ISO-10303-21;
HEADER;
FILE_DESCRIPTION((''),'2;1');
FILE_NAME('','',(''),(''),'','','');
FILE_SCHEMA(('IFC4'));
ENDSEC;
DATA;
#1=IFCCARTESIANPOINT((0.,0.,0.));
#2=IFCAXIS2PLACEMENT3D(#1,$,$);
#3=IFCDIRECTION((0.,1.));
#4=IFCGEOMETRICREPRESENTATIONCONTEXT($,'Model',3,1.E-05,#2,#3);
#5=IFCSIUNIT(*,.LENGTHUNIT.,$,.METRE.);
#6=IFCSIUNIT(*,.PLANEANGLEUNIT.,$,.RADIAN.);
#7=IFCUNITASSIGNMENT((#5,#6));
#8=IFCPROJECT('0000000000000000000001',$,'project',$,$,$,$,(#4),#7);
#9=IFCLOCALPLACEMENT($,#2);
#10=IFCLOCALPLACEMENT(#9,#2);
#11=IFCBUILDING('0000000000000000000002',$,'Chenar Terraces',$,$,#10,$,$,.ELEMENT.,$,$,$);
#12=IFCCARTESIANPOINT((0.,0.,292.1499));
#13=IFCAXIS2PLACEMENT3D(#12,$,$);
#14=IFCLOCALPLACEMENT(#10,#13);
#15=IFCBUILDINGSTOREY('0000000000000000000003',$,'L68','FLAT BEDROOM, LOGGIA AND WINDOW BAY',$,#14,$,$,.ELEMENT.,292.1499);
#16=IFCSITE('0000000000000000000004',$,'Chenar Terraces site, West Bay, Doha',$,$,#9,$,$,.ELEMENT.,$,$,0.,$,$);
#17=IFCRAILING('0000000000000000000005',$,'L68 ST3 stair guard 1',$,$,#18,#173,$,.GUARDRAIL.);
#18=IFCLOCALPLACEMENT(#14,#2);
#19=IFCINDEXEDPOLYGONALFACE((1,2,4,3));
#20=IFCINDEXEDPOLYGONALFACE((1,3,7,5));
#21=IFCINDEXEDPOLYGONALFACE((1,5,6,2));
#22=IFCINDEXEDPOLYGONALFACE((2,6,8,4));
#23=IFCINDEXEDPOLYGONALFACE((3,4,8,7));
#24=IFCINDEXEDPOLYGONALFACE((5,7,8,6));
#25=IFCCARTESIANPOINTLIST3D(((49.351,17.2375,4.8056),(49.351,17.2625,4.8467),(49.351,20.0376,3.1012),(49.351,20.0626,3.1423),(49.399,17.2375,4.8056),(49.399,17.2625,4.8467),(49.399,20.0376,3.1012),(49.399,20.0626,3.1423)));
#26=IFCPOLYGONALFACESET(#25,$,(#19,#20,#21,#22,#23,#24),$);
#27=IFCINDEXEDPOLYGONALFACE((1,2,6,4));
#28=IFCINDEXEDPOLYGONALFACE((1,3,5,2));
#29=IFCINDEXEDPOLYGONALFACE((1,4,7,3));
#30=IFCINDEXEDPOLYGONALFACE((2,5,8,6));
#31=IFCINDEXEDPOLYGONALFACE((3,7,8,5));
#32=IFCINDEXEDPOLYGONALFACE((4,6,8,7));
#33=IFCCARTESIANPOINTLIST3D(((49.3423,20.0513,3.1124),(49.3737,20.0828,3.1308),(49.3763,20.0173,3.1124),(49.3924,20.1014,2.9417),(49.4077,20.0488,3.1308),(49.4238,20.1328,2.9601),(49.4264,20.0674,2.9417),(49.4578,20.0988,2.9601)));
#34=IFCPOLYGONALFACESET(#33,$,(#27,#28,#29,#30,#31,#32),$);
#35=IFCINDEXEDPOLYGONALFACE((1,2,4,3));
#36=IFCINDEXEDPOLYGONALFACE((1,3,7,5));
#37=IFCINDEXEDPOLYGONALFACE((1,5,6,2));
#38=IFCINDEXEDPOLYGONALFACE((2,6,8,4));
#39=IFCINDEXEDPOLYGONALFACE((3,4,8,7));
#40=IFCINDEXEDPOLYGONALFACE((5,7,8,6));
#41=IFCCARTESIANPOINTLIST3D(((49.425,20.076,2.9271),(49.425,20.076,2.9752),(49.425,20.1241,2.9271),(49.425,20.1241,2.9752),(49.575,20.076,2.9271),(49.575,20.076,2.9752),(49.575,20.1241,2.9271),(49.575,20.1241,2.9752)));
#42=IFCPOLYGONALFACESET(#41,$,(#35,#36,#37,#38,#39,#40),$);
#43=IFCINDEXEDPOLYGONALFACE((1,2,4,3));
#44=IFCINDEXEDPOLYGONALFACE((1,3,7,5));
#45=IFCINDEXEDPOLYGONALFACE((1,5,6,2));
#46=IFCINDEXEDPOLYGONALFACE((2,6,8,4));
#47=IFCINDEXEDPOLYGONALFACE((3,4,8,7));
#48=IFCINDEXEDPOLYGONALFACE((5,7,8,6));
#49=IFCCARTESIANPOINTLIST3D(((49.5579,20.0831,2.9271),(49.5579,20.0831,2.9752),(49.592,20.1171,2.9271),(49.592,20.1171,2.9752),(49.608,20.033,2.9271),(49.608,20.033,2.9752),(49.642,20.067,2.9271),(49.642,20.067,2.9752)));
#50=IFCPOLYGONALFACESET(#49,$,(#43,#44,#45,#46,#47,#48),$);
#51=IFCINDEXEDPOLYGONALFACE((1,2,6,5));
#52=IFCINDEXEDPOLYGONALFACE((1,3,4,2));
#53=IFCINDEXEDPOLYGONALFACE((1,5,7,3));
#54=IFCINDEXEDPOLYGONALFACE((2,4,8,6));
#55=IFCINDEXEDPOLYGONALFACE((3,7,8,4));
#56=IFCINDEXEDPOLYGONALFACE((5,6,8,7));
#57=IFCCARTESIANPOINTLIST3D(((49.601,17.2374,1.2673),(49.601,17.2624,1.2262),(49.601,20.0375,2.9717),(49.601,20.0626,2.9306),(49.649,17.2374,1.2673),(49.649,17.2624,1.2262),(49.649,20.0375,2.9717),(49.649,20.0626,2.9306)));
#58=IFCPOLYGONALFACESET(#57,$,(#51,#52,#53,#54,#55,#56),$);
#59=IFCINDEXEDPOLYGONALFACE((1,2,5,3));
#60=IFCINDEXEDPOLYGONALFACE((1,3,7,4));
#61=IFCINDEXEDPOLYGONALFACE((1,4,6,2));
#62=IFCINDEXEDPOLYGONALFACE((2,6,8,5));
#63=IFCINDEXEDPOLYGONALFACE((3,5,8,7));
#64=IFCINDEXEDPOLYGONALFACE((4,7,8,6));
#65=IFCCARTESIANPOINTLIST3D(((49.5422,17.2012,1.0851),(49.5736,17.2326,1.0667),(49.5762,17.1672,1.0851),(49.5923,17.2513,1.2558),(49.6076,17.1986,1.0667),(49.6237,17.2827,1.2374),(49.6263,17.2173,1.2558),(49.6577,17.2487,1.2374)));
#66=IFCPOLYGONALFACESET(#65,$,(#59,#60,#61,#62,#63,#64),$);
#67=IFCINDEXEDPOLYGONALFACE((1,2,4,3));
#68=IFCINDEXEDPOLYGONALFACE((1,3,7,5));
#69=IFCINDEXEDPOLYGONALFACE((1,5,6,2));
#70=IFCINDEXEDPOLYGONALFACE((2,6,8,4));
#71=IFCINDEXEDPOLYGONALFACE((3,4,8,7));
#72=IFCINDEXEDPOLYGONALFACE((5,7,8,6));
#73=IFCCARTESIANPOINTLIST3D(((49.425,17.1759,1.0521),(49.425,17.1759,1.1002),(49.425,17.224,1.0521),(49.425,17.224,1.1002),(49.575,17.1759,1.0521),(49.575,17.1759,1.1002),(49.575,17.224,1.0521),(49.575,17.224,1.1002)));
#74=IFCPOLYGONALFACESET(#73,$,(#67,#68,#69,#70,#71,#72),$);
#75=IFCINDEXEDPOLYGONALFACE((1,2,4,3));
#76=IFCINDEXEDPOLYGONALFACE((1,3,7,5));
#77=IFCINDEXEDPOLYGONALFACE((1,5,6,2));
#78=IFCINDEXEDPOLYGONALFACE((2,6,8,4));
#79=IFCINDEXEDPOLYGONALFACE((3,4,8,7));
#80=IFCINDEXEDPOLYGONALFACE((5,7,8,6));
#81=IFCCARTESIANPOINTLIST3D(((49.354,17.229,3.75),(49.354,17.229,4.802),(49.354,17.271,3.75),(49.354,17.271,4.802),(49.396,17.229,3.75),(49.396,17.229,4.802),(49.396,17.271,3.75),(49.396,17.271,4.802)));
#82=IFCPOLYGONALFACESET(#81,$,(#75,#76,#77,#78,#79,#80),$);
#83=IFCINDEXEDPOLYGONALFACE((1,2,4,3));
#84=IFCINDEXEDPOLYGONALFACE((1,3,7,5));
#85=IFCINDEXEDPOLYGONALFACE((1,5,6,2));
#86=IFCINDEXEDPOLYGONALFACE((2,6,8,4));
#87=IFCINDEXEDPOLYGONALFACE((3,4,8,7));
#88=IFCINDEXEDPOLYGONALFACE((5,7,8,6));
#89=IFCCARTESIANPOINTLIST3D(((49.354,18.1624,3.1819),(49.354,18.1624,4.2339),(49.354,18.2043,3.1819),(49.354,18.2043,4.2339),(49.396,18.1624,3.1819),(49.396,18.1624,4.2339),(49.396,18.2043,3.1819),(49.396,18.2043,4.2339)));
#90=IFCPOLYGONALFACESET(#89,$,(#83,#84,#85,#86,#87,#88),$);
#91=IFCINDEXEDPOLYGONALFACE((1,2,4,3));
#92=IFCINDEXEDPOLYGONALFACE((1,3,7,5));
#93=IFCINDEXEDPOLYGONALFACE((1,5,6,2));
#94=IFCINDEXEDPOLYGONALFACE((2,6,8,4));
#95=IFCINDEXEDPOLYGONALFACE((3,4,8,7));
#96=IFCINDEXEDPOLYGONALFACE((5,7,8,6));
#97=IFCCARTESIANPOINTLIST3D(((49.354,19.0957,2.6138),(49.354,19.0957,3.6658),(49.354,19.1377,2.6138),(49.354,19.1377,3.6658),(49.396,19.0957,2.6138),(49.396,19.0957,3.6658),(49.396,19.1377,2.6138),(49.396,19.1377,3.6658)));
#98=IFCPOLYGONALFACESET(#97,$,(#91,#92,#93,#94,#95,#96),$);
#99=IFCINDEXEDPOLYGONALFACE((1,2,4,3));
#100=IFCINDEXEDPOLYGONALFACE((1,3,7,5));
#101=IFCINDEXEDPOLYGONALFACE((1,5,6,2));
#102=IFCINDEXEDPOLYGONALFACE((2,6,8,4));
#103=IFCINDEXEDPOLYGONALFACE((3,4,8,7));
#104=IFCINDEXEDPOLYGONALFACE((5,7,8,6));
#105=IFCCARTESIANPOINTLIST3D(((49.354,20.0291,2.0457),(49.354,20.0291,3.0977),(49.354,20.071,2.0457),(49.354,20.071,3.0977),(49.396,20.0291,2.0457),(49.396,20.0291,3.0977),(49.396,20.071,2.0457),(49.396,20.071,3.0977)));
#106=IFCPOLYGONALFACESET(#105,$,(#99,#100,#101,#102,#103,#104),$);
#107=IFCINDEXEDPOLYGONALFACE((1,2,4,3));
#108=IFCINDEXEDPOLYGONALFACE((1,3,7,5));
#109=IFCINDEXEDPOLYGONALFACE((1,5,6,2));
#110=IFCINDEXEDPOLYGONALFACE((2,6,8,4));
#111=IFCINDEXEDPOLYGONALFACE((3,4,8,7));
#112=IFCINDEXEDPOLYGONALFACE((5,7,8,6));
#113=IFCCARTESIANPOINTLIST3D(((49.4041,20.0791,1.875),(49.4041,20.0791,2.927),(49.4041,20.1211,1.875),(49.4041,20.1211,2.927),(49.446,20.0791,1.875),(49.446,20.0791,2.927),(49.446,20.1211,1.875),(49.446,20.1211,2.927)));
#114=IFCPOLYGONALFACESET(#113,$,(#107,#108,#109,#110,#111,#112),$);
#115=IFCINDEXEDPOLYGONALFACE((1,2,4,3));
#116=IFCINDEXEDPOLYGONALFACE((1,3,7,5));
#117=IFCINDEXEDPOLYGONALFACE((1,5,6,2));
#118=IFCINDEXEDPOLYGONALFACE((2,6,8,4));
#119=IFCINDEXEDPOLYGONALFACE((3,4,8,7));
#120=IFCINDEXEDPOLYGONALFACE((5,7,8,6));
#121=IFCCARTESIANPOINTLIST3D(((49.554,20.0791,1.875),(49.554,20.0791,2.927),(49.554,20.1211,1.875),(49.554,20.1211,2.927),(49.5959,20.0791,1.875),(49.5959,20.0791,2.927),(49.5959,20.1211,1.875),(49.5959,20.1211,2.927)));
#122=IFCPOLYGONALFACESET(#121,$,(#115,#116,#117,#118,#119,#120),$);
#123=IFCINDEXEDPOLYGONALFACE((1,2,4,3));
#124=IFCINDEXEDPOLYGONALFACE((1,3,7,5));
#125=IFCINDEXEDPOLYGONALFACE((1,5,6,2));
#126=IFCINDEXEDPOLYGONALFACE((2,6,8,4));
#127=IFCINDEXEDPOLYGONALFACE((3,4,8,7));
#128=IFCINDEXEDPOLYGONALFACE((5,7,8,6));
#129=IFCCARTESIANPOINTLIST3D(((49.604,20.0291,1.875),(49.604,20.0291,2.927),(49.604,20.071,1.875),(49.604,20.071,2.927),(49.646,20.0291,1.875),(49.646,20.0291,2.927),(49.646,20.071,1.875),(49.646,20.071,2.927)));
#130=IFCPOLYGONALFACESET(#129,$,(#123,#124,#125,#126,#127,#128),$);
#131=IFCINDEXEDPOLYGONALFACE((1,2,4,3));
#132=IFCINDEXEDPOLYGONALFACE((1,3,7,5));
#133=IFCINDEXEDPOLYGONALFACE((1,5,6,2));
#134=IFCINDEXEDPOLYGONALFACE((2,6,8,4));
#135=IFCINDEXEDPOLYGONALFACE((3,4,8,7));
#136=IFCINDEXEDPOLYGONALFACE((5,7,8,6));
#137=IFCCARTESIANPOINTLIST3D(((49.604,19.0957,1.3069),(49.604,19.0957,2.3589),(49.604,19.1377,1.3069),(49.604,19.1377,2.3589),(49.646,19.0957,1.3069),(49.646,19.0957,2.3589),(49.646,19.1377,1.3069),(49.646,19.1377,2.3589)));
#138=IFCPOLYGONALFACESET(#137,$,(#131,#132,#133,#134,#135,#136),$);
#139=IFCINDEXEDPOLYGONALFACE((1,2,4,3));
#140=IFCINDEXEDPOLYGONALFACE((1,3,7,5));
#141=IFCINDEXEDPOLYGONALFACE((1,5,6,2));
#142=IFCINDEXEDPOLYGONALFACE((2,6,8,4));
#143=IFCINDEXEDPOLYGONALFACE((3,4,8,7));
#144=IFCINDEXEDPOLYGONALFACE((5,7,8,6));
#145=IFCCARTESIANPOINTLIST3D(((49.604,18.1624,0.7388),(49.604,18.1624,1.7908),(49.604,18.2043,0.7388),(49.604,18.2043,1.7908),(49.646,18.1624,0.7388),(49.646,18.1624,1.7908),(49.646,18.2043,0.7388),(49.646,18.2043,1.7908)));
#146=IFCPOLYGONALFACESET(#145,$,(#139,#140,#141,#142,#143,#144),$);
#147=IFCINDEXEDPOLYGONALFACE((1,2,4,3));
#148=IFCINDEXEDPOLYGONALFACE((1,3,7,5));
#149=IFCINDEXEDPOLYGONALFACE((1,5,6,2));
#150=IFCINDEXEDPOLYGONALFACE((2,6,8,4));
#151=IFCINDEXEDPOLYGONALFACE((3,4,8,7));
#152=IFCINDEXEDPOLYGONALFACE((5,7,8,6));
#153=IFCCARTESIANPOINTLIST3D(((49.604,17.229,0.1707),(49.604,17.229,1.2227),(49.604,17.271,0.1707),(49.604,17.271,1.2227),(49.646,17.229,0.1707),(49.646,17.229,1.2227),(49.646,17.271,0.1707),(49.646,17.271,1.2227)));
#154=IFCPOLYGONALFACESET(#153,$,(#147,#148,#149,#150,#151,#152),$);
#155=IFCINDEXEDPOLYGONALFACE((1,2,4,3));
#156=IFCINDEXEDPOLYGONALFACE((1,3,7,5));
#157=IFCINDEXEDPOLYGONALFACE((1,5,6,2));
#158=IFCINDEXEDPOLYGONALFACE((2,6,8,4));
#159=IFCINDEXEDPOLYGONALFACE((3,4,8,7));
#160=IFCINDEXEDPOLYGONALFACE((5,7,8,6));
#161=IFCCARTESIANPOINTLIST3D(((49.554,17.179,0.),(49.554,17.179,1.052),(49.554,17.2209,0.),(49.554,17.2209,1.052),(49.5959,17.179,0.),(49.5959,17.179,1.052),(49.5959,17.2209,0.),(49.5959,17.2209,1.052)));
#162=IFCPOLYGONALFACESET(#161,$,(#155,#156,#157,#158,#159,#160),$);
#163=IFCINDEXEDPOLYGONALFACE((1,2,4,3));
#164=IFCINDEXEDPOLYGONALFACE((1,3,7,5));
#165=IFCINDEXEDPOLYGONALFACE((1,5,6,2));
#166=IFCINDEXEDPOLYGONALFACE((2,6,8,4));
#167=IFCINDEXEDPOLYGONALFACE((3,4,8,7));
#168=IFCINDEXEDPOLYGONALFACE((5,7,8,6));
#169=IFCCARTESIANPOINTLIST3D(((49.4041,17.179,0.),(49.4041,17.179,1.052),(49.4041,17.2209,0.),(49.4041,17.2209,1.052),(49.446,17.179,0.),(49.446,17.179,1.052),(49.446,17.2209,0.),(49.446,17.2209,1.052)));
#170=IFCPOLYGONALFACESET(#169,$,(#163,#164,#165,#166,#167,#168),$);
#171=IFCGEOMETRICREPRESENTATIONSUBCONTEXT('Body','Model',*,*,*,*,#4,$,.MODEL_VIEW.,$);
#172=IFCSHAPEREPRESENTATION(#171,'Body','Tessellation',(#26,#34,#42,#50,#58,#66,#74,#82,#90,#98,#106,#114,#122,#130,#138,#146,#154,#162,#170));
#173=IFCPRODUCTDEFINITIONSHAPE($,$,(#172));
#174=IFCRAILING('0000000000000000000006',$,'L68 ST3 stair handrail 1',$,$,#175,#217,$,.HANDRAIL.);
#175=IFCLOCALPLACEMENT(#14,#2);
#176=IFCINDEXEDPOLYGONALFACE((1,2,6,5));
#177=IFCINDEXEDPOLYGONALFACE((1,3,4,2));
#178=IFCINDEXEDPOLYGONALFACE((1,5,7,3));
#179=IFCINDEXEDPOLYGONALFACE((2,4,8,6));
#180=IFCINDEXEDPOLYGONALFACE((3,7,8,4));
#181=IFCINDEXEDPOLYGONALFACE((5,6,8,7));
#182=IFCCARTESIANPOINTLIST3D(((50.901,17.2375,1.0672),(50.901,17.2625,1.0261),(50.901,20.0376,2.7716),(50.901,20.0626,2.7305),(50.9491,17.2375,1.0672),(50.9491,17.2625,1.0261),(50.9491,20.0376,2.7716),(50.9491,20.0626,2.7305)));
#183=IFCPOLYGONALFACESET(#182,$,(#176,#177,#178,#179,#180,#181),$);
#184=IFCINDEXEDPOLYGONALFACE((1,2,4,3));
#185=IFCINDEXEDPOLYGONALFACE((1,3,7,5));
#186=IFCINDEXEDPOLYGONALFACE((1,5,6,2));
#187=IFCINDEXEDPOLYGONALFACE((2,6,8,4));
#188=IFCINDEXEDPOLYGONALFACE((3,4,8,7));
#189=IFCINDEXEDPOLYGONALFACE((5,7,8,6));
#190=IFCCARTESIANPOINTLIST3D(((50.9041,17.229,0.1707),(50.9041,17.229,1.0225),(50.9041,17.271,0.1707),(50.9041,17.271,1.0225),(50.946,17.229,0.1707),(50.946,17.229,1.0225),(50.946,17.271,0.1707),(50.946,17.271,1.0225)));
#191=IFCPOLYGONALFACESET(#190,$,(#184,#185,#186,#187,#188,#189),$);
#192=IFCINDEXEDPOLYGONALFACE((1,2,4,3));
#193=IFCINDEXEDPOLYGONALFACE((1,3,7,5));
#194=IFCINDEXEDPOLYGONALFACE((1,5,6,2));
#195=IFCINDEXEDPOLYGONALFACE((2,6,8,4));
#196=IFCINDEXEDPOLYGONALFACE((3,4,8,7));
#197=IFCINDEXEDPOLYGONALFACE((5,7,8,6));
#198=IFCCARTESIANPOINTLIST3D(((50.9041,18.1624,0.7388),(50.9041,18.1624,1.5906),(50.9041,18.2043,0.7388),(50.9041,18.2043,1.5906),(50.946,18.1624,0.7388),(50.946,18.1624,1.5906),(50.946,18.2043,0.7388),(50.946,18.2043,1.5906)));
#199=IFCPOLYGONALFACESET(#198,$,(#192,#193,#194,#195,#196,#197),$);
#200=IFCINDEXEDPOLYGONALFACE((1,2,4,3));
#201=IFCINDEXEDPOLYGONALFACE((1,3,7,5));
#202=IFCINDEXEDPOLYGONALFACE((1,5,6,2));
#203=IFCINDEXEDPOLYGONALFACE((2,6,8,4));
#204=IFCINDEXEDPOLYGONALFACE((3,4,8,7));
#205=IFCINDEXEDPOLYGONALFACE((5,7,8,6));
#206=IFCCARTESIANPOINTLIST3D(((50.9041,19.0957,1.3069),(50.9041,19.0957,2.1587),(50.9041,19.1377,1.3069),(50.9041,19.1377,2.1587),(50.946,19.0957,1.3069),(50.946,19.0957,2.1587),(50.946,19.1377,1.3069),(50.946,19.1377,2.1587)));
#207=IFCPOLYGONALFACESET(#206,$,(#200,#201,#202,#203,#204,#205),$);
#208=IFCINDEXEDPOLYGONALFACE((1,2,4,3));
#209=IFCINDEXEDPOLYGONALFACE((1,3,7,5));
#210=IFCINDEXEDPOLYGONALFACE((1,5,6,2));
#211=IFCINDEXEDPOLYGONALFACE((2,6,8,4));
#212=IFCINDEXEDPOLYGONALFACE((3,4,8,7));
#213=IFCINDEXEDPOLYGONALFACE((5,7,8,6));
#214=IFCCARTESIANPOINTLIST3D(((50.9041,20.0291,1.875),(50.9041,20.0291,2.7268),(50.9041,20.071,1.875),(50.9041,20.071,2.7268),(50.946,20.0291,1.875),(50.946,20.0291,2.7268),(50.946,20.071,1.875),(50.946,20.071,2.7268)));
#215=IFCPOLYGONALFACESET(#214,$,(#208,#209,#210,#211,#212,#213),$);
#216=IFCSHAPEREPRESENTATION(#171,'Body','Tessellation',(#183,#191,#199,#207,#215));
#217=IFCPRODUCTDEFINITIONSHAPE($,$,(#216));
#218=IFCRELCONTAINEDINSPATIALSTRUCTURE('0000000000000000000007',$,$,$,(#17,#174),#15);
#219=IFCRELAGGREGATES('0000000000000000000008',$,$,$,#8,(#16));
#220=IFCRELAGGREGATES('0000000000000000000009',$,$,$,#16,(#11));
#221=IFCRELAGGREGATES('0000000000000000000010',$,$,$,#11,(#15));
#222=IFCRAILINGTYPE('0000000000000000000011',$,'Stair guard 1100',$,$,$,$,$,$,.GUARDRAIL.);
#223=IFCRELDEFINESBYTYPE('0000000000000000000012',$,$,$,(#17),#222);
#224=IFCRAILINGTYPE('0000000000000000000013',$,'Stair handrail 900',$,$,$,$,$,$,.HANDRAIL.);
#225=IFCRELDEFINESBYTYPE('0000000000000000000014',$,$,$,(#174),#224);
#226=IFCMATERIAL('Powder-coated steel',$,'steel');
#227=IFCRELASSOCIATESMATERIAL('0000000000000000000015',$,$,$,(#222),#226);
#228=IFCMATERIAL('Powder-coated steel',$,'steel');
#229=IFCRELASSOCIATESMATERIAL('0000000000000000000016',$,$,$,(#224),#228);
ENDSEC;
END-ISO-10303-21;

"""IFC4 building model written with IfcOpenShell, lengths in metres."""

from ifc_helpers import new_model, si_unit, direction, frame, origin, origin_2d, place, context, subcontext, project, spatial, rectangle, extrude, material, type_object, element, save


model = new_model("IFC4")

# Units and contexts
model_context = context("Model", 3, precision=1e-05, world=origin(), true_north=direction((0.0, 1.0)))
body_context = subcontext(model_context, "Body", "Model", "MODEL_VIEW")
ifc_project = project(units=[si_unit("LENGTHUNIT", "METRE"), si_unit("PLANEANGLEUNIT", "RADIAN")], contexts=[model_context])

# Site, building, storey
site_placement = place(None, origin())
site = spatial("IfcSite", under=ifc_project, at=site_placement, Name="Chenar Terraces site, West Bay, Doha", CompositionType="ELEMENT", RefElevation=0.0)
building_placement = place(site_placement, origin())
building = spatial("IfcBuilding", under=site, at=building_placement, Name="Chenar Terraces", CompositionType="ELEMENT")
storey_placement = place(building_placement, frame((0.0, 0.0, 292.1499)))
storey = spatial("IfcBuildingStorey", under=building, at=storey_placement, Name="L68", Description="FLAT BEDROOM, LOGGIA AND WINDOW BAY", CompositionType="ELEMENT", Elevation=292.1499)

# Railings
ifc_material_1 = material(Name="Powder-coated steel", Category="steel")
railing_type_1 = type_object("IfcRailingType", Name="Stair guard 1100", PredefinedType="GUARDRAIL", material=ifc_material_1)
railing_1_placement = place(storey_placement, frame((49.375, 17.25, 3.75)))
element("IfcRailing", 1, at=railing_1_placement, inside=storey, type_object=railing_type_1, Name="L68 ST3 stair guard 1", PredefinedType="GUARDRAIL", context=body_context, shape_type="SweptSolid", body=[
    extrude(rectangle(XDim=0.0481, YDim=0.0481, at=origin_2d()), frame((0.0, 0.0, 1.0762), z_axis=(0.0, 0.854203, -0.51994), x_axis=(-1.0, 0.0, 0.0)), (0.0, 0.0, 1.0), 3.2781),
    extrude(rectangle(XDim=0.0481, YDim=0.0481, at=origin_2d()), frame((0.0, 2.8, -0.6284), z_axis=(0.2709, 0.2709, -0.923703), x_axis=(-0.707107, 0.707107, 0.0)), (0.0, 0.0, 1.0), 0.1848),
    extrude(rectangle(XDim=0.0481, YDim=0.0481, at=origin_2d()), frame((0.05, 2.8501, -0.7988), z_axis=(1.0, 0.0, 0.0), x_axis=(0.0, 1.0, 0.0)), (0.0, 0.0, 1.0), 0.1499),
    extrude(rectangle(XDim=0.0481, YDim=0.0481, at=origin_2d()), frame((0.2, 2.8501, -0.7988), z_axis=(0.707107, -0.707107, 0.0), x_axis=(0.707107, 0.707107, 0.0)), (0.0, 0.0, 1.0), 0.0708),
    extrude(rectangle(XDim=0.0481, YDim=0.0481, at=origin_2d()), frame((0.25, 2.8, -0.7988), z_axis=(0.0, -0.854203, -0.51994), x_axis=(1.0, 0.0, 0.0)), (0.0, 0.0, 1.0), 3.2781),
    extrude(rectangle(XDim=0.0481, YDim=0.0481, at=origin_2d()), frame((0.25, 0.0, -2.5034), z_axis=(-0.2709, -0.2709, -0.923703), x_axis=(0.707107, -0.707107, 0.0)), (0.0, 0.0, 1.0), 0.1848),
    extrude(rectangle(XDim=0.0481, YDim=0.0481, at=origin_2d()), frame((0.2, -0.05, -2.6738), z_axis=(-1.0, 0.0, 0.0), x_axis=(0.0, -1.0, 0.0)), (0.0, 0.0, 1.0), 0.1499),
    extrude(rectangle(XDim=0.042, YDim=0.042, at=origin_2d()), origin(), (0.0, 0.0, 1.0), 1.052),
    extrude(rectangle(XDim=0.042, YDim=0.042, at=origin_2d()), frame((0.0, 0.9333, -0.5681)), (0.0, 0.0, 1.0), 1.052),
    extrude(rectangle(XDim=0.042, YDim=0.042, at=origin_2d()), frame((0.0, 1.8667, -1.1362)), (0.0, 0.0, 1.0), 1.052),
    extrude(rectangle(XDim=0.042, YDim=0.042, at=origin_2d()), frame((0.0, 2.8, -1.7043)), (0.0, 0.0, 1.0), 1.052),
    extrude(rectangle(XDim=0.042, YDim=0.042, at=origin_2d()), frame((0.05, 2.8501, -1.875)), (0.0, 0.0, 1.0), 1.052),
    extrude(rectangle(XDim=0.042, YDim=0.042, at=origin_2d()), frame((0.2, 2.8501, -1.875)), (0.0, 0.0, 1.0), 1.052),
    extrude(rectangle(XDim=0.042, YDim=0.042, at=origin_2d()), frame((0.25, 2.8, -1.875)), (0.0, 0.0, 1.0), 1.052),
    extrude(rectangle(XDim=0.042, YDim=0.042, at=origin_2d()), frame((0.25, 1.8667, -2.4431)), (0.0, 0.0, 1.0), 1.052),
    extrude(rectangle(XDim=0.042, YDim=0.042, at=origin_2d()), frame((0.25, 0.9333, -3.0112)), (0.0, 0.0, 1.0), 1.052),
    extrude(rectangle(XDim=0.042, YDim=0.042, at=origin_2d()), frame((0.25, 0.0, -3.5793)), (0.0, 0.0, 1.0), 1.052),
    extrude(rectangle(XDim=0.042, YDim=0.042, at=origin_2d()), frame((0.2, -0.05, -3.75)), (0.0, 0.0, 1.0), 1.052),
    extrude(rectangle(XDim=0.042, YDim=0.042, at=origin_2d()), frame((0.05, -0.05, -3.75)), (0.0, 0.0, 1.0), 1.052),
])
ifc_material_2 = material(Name="Powder-coated steel", Category="steel")
railing_type_2 = type_object("IfcRailingType", Name="Stair handrail 900", PredefinedType="HANDRAIL", material=ifc_material_2)
railing_2_placement = place(storey_placement, frame((50.925, 17.25, 0.1707)))
element("IfcRailing", 2, at=railing_2_placement, inside=storey, type_object=railing_type_2, Name="L68 ST3 stair handrail 1", PredefinedType="HANDRAIL", context=body_context, shape_type="SweptSolid", body=[
    extrude(rectangle(XDim=0.0481, YDim=0.0481, at=origin_2d()), frame((0.0, 0.0, 0.876), z_axis=(0.0, 0.854203, 0.51994), x_axis=(-1.0, 0.0, 0.0)), (0.0, 0.0, 1.0), 3.2781),
    extrude(rectangle(XDim=0.042, YDim=0.042, at=origin_2d()), origin(), (0.0, 0.0, 1.0), 0.8518),
    extrude(rectangle(XDim=0.042, YDim=0.042, at=origin_2d()), frame((0.0, 0.9333, 0.5681)), (0.0, 0.0, 1.0), 0.8518),
    extrude(rectangle(XDim=0.042, YDim=0.042, at=origin_2d()), frame((0.0, 1.8667, 1.1362)), (0.0, 0.0, 1.0), 0.8518),
    extrude(rectangle(XDim=0.042, YDim=0.042, at=origin_2d()), frame((0.0, 2.8, 1.7043)), (0.0, 0.0, 1.0), 0.8518),
])

save(model, "model.ifc")
